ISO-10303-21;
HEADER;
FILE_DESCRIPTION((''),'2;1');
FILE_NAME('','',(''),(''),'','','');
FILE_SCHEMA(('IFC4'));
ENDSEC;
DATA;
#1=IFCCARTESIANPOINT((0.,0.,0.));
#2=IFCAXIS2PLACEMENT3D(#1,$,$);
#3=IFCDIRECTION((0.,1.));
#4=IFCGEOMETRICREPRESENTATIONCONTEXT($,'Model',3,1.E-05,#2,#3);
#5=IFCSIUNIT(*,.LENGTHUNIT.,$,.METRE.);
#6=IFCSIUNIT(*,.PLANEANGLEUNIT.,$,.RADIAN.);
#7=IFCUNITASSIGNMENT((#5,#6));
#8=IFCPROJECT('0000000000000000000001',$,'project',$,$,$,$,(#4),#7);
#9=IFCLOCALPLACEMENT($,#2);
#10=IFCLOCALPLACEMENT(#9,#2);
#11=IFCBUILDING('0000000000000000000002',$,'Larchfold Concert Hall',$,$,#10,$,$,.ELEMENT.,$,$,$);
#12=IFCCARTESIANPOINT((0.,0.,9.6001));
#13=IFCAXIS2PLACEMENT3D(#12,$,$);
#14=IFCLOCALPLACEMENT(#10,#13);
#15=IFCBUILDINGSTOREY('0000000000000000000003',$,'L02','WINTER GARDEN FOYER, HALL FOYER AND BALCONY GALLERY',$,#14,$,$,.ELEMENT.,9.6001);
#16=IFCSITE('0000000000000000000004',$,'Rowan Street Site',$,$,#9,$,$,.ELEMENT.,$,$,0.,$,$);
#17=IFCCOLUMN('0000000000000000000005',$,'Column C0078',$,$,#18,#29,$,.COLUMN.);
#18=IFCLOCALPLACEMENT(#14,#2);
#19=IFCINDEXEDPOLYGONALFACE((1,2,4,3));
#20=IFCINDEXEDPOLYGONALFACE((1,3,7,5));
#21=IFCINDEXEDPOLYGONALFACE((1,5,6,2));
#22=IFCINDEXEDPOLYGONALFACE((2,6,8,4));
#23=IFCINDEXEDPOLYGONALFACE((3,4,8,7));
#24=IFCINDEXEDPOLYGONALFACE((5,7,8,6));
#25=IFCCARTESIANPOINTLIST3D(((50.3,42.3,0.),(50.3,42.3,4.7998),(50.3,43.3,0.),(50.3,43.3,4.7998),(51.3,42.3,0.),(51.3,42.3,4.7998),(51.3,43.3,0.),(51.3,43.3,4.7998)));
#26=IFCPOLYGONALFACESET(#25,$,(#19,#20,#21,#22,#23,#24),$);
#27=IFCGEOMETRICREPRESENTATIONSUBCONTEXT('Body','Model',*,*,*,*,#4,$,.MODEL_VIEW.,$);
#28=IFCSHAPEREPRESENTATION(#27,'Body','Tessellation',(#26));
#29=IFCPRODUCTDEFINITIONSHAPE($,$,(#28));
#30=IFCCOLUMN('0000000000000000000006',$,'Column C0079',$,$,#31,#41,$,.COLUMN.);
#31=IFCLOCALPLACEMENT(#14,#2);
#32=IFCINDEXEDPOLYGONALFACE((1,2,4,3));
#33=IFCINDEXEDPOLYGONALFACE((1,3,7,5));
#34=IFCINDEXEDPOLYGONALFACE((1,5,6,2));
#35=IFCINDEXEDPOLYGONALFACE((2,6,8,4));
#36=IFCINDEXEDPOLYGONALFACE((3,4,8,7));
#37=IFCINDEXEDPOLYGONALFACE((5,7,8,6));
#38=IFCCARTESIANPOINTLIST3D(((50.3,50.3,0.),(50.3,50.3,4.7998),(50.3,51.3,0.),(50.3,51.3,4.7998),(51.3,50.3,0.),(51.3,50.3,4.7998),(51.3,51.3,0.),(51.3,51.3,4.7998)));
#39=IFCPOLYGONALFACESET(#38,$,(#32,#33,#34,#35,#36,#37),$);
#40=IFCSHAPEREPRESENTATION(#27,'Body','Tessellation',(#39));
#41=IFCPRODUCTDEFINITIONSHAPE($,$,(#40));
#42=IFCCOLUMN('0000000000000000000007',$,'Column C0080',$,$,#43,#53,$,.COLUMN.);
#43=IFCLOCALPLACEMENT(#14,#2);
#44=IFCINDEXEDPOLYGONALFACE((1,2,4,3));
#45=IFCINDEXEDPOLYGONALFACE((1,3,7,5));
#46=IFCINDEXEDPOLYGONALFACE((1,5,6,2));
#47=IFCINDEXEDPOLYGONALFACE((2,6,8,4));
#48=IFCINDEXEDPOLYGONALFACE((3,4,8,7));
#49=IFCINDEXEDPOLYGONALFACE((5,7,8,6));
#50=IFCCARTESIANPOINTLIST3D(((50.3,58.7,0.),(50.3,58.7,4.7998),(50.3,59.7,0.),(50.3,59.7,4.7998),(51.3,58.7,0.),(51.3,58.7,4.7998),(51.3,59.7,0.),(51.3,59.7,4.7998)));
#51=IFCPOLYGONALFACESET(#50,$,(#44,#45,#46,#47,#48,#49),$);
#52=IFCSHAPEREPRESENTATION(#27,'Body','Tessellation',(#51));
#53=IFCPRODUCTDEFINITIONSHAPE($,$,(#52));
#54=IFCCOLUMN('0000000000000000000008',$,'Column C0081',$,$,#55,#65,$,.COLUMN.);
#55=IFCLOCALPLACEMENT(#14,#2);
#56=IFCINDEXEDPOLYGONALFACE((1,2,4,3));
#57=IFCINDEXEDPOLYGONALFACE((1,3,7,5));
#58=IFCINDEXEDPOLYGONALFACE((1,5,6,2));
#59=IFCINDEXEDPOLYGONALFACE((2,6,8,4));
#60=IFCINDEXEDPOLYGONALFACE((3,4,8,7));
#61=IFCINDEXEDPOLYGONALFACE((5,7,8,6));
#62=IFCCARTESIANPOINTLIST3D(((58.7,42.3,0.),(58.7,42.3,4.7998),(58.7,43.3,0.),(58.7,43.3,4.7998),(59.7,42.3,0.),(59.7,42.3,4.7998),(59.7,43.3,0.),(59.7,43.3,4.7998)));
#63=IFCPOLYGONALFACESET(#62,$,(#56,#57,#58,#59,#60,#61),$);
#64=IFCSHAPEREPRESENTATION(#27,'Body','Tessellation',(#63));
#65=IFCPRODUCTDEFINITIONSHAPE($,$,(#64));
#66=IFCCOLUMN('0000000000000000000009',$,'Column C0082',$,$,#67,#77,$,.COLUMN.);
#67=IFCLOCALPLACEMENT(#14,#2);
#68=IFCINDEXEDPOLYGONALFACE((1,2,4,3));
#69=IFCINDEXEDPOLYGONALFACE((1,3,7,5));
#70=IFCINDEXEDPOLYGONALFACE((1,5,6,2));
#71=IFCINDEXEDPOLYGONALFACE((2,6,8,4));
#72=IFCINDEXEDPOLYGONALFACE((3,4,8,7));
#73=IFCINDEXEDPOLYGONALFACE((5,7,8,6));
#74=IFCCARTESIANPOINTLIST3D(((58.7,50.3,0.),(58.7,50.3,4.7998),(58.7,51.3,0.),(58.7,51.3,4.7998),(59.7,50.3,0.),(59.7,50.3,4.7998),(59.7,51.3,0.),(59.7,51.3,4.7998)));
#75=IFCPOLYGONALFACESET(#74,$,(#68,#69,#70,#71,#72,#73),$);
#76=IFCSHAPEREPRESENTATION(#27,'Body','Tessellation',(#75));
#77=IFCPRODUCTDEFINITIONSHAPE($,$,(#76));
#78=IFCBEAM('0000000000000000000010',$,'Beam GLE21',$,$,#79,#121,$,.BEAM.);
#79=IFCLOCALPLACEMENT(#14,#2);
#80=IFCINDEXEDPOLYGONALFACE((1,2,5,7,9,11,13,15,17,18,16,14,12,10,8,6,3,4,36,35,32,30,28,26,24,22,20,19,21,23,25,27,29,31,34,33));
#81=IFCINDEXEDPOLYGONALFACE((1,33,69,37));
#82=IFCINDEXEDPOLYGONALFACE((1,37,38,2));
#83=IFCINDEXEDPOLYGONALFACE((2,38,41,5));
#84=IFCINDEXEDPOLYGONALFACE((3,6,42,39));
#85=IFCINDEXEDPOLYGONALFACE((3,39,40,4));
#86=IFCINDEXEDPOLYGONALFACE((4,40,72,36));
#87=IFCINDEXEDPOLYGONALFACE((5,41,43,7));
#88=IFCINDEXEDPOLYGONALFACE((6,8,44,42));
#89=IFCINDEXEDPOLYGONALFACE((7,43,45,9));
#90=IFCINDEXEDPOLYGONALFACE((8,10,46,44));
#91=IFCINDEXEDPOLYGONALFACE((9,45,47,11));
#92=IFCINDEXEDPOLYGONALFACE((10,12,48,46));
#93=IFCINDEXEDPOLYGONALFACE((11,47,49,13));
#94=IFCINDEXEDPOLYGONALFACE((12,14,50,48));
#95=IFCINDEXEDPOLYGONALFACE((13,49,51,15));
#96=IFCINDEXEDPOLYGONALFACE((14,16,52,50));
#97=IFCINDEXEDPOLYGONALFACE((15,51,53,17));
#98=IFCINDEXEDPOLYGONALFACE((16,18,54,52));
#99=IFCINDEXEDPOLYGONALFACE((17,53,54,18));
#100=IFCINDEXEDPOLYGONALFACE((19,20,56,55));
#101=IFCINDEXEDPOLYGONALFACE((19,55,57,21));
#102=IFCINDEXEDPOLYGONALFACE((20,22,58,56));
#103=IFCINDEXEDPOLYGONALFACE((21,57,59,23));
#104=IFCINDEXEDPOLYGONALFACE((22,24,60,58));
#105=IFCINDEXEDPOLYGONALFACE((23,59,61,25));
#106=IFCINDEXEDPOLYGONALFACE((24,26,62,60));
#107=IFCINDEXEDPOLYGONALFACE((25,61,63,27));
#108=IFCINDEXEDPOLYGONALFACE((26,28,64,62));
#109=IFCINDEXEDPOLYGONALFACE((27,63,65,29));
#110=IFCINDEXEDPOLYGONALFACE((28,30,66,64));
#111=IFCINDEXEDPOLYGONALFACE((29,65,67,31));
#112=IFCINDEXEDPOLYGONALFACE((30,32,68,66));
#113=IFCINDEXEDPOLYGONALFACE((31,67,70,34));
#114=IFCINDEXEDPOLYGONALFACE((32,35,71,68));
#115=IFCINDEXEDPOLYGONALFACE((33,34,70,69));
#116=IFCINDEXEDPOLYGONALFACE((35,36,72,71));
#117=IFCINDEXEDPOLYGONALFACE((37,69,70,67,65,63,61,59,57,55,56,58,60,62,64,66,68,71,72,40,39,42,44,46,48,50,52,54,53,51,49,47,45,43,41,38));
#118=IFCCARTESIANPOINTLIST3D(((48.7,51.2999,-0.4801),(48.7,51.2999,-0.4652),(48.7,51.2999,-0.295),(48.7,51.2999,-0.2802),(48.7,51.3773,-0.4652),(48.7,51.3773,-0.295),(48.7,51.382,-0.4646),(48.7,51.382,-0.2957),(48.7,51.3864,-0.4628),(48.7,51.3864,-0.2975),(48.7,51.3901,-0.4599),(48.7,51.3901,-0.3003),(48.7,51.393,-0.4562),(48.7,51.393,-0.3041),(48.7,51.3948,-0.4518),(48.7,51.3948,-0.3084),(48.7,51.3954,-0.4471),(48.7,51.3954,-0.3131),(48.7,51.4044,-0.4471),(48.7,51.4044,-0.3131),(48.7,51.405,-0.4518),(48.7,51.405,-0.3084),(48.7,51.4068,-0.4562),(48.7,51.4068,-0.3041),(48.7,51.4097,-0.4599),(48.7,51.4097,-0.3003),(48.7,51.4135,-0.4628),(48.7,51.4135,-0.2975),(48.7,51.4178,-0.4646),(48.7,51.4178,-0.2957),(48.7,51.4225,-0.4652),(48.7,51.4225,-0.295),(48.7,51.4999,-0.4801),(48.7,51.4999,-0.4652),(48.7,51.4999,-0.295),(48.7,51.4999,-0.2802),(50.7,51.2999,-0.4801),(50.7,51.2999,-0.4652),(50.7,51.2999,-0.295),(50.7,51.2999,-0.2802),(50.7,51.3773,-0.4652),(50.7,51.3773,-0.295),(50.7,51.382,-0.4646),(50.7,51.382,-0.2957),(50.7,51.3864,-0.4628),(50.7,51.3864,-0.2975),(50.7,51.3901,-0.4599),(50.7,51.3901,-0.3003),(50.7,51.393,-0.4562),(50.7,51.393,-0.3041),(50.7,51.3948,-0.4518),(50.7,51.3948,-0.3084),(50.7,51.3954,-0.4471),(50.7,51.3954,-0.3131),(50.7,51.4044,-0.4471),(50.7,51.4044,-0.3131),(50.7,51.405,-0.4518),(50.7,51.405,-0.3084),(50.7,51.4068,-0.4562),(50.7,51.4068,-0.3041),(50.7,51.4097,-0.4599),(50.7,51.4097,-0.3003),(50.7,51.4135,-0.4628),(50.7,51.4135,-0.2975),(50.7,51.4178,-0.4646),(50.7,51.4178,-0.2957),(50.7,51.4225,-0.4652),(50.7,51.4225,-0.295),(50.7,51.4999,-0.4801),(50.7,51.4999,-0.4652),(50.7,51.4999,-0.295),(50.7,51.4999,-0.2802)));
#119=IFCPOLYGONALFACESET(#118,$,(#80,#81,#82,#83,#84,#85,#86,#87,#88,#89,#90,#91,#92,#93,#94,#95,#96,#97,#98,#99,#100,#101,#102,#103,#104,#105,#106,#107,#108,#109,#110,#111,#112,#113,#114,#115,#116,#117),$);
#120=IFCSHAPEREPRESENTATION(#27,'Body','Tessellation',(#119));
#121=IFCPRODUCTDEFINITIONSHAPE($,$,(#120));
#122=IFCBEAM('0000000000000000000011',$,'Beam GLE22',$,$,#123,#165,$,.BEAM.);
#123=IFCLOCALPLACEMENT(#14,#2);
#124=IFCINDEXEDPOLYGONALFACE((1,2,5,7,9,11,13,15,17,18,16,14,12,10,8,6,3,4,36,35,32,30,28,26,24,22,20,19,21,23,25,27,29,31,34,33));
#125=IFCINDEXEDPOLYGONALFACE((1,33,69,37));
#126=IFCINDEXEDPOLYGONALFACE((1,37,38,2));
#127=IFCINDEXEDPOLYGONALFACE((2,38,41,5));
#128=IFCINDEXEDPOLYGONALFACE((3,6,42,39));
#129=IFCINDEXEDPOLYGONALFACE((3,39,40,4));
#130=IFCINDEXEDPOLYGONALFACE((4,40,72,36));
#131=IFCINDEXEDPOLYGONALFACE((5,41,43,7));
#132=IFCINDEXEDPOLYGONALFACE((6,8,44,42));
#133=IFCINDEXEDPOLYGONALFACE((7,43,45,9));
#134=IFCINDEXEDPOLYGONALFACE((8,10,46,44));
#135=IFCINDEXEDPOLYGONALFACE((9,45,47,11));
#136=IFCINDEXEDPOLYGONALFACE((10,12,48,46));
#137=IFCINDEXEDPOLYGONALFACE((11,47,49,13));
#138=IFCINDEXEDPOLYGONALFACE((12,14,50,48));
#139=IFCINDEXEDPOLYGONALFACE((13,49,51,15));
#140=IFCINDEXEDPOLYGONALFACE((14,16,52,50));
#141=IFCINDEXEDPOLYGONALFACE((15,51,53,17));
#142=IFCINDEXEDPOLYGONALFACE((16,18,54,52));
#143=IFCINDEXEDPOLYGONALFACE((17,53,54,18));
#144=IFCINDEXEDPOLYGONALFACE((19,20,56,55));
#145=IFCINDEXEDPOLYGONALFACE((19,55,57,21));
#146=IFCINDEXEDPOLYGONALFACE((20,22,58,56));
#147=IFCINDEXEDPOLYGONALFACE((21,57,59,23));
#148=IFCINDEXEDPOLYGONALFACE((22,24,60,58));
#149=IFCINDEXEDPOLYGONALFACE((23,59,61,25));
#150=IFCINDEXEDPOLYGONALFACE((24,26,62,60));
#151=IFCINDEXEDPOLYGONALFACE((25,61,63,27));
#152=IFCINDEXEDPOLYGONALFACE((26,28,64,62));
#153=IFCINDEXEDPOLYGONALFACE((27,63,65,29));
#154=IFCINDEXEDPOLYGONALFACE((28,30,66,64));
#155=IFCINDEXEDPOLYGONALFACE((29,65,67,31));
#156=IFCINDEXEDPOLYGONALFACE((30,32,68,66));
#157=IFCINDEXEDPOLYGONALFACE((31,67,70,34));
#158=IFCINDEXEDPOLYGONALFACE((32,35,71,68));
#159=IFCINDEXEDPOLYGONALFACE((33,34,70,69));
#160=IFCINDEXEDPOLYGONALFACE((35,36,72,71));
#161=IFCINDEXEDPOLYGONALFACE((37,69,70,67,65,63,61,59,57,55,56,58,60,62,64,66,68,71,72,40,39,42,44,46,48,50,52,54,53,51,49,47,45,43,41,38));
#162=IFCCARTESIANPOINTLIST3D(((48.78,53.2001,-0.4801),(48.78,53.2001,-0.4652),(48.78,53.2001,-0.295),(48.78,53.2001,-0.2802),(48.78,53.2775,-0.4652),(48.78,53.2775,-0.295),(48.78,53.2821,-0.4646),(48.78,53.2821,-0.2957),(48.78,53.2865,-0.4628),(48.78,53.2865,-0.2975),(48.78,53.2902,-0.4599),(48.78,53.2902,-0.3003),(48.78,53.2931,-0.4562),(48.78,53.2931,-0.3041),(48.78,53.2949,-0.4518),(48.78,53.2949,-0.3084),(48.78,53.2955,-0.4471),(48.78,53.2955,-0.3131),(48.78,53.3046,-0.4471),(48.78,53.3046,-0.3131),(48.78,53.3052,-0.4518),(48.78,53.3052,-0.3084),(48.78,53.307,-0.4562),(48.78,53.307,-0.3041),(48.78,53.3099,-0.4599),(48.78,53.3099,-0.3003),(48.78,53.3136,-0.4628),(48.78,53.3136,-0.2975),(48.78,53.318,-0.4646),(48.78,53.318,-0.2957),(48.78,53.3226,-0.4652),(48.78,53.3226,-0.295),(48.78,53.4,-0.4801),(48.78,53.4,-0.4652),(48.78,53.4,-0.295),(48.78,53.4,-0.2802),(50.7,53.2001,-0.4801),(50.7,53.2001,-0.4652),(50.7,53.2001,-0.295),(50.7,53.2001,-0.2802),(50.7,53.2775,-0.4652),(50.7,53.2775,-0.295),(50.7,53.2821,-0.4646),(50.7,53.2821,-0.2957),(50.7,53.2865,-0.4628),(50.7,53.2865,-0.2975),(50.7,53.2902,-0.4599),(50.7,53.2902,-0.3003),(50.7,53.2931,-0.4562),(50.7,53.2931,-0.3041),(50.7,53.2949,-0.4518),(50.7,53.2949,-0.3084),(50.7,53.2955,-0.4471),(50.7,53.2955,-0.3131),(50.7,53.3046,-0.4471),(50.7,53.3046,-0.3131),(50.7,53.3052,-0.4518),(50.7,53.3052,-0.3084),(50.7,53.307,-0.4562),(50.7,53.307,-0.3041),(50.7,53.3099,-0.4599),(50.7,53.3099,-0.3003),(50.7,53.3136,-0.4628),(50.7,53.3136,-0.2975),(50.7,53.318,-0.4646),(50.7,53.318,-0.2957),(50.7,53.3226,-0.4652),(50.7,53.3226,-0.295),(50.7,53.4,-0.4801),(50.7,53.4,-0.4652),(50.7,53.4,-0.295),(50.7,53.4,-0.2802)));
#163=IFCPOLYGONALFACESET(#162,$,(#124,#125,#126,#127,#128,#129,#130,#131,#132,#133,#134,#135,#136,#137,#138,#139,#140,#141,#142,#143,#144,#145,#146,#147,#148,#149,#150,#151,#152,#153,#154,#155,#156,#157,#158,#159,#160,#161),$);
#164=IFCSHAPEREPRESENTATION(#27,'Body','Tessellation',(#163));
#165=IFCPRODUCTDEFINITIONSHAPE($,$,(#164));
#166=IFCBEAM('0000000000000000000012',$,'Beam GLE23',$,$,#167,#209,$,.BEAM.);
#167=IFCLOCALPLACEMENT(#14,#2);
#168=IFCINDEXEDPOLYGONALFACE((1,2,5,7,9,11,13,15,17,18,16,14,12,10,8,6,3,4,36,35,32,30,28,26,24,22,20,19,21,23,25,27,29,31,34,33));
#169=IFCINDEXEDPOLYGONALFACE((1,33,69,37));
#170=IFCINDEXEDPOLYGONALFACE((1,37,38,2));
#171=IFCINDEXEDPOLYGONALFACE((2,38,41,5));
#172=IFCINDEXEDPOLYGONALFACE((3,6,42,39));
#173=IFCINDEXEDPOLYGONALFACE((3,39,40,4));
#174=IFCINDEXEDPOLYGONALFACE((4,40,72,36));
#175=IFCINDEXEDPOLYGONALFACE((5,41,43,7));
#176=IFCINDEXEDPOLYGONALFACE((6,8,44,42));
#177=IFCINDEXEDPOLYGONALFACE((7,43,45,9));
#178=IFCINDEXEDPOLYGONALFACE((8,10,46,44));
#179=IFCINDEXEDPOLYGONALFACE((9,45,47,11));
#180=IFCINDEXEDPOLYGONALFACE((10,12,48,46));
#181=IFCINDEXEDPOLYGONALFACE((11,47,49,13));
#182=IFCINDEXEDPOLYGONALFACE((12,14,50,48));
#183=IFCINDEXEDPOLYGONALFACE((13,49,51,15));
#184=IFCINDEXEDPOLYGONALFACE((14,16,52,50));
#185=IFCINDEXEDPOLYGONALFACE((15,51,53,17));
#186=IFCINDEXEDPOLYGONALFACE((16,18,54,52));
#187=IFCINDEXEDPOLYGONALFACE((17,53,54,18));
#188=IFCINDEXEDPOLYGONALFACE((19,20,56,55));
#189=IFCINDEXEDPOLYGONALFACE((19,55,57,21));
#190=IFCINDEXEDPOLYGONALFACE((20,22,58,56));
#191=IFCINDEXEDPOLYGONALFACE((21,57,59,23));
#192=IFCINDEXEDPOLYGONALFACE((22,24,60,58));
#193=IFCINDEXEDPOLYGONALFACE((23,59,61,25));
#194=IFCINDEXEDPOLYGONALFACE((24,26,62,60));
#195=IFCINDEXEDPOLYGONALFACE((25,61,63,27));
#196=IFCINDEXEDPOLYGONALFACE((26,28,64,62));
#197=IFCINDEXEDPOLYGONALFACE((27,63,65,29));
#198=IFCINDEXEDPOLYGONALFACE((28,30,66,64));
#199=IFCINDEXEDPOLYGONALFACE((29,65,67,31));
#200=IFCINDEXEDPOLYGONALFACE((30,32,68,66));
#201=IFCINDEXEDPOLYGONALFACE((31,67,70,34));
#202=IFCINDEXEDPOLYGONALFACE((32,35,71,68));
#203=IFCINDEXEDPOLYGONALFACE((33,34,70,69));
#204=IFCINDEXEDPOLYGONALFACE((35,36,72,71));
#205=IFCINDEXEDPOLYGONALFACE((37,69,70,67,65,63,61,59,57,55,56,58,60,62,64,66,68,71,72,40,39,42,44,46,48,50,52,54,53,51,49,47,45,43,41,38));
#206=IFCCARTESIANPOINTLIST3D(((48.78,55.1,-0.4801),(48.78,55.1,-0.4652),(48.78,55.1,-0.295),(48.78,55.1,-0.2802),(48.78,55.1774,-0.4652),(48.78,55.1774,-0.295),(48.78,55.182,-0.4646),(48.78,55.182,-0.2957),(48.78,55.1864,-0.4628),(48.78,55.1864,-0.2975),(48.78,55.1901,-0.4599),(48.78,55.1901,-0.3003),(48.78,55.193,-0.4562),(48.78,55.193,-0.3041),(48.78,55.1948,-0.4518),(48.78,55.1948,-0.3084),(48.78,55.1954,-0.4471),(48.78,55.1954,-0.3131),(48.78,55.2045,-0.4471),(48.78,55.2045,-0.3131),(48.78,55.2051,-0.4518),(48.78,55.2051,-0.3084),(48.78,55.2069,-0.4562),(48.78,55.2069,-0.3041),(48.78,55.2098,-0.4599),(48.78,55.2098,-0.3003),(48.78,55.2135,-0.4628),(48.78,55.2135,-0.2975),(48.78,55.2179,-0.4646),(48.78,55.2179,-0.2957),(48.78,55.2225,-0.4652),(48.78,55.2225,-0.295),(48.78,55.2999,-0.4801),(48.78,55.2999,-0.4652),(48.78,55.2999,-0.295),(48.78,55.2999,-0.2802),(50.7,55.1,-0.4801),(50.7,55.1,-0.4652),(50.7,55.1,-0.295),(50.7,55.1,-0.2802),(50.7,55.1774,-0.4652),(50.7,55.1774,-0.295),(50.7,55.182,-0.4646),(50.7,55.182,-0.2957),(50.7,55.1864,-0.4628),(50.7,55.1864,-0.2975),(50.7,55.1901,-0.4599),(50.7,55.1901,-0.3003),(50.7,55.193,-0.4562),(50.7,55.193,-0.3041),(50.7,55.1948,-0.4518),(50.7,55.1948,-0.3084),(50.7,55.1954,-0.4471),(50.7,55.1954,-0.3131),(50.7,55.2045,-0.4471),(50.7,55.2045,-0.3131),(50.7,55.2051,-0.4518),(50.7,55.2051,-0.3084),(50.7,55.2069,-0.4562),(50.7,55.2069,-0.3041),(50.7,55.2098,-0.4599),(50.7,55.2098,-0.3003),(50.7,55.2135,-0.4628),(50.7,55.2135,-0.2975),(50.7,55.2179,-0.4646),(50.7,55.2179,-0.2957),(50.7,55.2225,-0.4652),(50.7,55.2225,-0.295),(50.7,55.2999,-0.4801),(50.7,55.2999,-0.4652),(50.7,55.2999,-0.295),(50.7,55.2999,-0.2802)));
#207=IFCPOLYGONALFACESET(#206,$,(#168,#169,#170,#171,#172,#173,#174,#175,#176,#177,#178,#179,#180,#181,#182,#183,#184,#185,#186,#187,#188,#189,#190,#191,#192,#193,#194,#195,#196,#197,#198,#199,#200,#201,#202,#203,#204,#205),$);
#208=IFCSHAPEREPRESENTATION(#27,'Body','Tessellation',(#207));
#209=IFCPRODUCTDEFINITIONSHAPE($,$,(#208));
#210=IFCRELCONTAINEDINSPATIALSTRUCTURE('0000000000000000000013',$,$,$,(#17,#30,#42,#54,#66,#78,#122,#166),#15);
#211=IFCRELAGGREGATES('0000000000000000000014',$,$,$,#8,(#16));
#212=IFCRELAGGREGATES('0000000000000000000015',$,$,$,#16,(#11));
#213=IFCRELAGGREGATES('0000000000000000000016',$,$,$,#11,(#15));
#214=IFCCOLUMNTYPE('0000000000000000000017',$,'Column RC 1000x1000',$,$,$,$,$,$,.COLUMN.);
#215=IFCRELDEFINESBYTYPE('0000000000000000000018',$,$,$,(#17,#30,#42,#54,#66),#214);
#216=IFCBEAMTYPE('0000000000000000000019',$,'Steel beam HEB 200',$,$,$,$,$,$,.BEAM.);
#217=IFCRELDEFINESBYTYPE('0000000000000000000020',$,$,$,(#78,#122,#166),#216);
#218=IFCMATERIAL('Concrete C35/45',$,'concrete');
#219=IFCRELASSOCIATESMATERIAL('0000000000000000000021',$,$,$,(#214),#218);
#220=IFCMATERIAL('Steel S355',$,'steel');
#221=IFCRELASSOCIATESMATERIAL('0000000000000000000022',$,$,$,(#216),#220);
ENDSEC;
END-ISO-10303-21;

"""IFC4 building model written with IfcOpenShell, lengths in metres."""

from ifc_helpers import new_model, si_unit, direction, frame, origin, origin_2d, place, context, subcontext, project, spatial, rectangle, i_section, extrude, material, material_profile, profile_set, type_object, element, save


model = new_model("IFC4")

# Units and contexts
model_context = context("Model", 3, precision=1e-05, world=origin(), true_north=direction((0.0, 1.0)))
body_context = subcontext(model_context, "Body", "Model", "MODEL_VIEW")
ifc_project = project(units=[si_unit("LENGTHUNIT", "METRE"), si_unit("PLANEANGLEUNIT", "RADIAN")], contexts=[model_context])

# Site, building, storey
site_placement = place(None, origin())
site = spatial("IfcSite", under=ifc_project, at=site_placement, Name="Rowan Street Site", CompositionType="ELEMENT", RefElevation=0.0)
building_placement = place(site_placement, origin())
building = spatial("IfcBuilding", under=site, at=building_placement, Name="Larchfold Concert Hall", CompositionType="ELEMENT")
storey_placement = place(building_placement, frame((0.0, 0.0, 9.6001)))
storey = spatial("IfcBuildingStorey", under=building, at=storey_placement, Name="L02", Description="WINTER GARDEN FOYER, HALL FOYER AND BALCONY GALLERY", CompositionType="ELEMENT", Elevation=9.6001)

# Columns
ifc_material_1 = material(Name="Concrete C35/45", Category="concrete")
ifc_material_profile_1 = material_profile(ifc_material_1, rectangle(XDim=1.0, YDim=1.0, at=origin_2d()))
ifc_profile_set_1 = profile_set([ifc_material_profile_1], Name="Concrete C35/45")
column_type = type_object("IfcColumnType", Name="Column RC 1000x1000", PredefinedType="COLUMN", material=ifc_profile_set_1)
for number, where, z_axis, x_axis, name in (
    (1, (50.8, 42.8, 0.0), (0.0, 0.0, 1.0), (1.0, 0.0, 0.0), "Column C0078"),
    (2, (50.8, 50.8, 0.0), (0.0, 0.0, 1.0), (1.0, 0.0, 0.0), "Column C0079"),
    (3, (50.8, 59.2, 0.0), (0.0, 0.0, 1.0), (1.0, 0.0, 0.0), "Column C0080"),
    (4, (59.2, 42.8, 0.0), (0.0, 0.0, 1.0), (1.0, 0.0, 0.0), "Column C0081"),
    (5, (59.2, 50.8, 0.0), (0.0, 0.0, 1.0), (1.0, 0.0, 0.0), "Column C0082"),
):
    element("IfcColumn", number, at=place(storey_placement, frame(where, z_axis=z_axis, x_axis=x_axis)), inside=storey, type_object=column_type, Name=name, PredefinedType="COLUMN", context=body_context, shape_type="SweptSolid", body=[
        extrude(rectangle(XDim=1.0, YDim=1.0, at=origin_2d()), origin(), (0.0, 0.0, 1.0), 4.7998),
    ])

# Beams
ifc_material_2 = material(Name="Steel S355", Category="steel")
ifc_material_profile_2 = material_profile(ifc_material_2, i_section(OverallWidth=0.2, OverallDepth=0.2, WebThickness=0.009, FlangeThickness=0.0149, FilletRadius=0.0181, at=origin_2d()))
ifc_profile_set_2 = profile_set([ifc_material_profile_2], Name="Steel S355")
beam_type = type_object("IfcBeamType", Name="Steel beam HEB 200", PredefinedType="BEAM", material=ifc_profile_set_2)
beam_1_placement = place(storey_placement, frame((50.7, 51.3999, -0.3801), z_axis=(-1.0, 0.0, 0.0), x_axis=(0.0, -1.0, 0.0)))
element("IfcBeam", 6, at=beam_1_placement, inside=storey, type_object=beam_type, Name="Beam GLE21", PredefinedType="BEAM", context=body_context, shape_type="SweptSolid", body=[
    extrude(i_section(OverallWidth=0.2, OverallDepth=0.2, WebThickness=0.009, FlangeThickness=0.0149, FilletRadius=0.0181, at=origin_2d()), origin(), (0.0, 0.0, 1.0), 2.0),
])
for number, where, z_axis, x_axis, name in (
    (7, (50.7, 53.3, -0.3801), (-1.0, 0.0, 0.0), (0.0, -1.0, 0.0), "Beam GLE22"),
    (8, (50.7, 55.2, -0.3801), (-1.0, 0.0, 0.0), (0.0, -1.0, 0.0), "Beam GLE23"),
):
    element("IfcBeam", number, at=place(storey_placement, frame(where, z_axis=z_axis, x_axis=x_axis)), inside=storey, type_object=beam_type, Name=name, PredefinedType="BEAM", context=body_context, shape_type="SweptSolid", body=[
        extrude(i_section(OverallWidth=0.2, OverallDepth=0.2, WebThickness=0.009, FlangeThickness=0.0149, FilletRadius=0.0181, at=origin_2d()), origin(), (0.0, 0.0, 1.0), 1.9199),
    ])

save(model, "model.ifc")
